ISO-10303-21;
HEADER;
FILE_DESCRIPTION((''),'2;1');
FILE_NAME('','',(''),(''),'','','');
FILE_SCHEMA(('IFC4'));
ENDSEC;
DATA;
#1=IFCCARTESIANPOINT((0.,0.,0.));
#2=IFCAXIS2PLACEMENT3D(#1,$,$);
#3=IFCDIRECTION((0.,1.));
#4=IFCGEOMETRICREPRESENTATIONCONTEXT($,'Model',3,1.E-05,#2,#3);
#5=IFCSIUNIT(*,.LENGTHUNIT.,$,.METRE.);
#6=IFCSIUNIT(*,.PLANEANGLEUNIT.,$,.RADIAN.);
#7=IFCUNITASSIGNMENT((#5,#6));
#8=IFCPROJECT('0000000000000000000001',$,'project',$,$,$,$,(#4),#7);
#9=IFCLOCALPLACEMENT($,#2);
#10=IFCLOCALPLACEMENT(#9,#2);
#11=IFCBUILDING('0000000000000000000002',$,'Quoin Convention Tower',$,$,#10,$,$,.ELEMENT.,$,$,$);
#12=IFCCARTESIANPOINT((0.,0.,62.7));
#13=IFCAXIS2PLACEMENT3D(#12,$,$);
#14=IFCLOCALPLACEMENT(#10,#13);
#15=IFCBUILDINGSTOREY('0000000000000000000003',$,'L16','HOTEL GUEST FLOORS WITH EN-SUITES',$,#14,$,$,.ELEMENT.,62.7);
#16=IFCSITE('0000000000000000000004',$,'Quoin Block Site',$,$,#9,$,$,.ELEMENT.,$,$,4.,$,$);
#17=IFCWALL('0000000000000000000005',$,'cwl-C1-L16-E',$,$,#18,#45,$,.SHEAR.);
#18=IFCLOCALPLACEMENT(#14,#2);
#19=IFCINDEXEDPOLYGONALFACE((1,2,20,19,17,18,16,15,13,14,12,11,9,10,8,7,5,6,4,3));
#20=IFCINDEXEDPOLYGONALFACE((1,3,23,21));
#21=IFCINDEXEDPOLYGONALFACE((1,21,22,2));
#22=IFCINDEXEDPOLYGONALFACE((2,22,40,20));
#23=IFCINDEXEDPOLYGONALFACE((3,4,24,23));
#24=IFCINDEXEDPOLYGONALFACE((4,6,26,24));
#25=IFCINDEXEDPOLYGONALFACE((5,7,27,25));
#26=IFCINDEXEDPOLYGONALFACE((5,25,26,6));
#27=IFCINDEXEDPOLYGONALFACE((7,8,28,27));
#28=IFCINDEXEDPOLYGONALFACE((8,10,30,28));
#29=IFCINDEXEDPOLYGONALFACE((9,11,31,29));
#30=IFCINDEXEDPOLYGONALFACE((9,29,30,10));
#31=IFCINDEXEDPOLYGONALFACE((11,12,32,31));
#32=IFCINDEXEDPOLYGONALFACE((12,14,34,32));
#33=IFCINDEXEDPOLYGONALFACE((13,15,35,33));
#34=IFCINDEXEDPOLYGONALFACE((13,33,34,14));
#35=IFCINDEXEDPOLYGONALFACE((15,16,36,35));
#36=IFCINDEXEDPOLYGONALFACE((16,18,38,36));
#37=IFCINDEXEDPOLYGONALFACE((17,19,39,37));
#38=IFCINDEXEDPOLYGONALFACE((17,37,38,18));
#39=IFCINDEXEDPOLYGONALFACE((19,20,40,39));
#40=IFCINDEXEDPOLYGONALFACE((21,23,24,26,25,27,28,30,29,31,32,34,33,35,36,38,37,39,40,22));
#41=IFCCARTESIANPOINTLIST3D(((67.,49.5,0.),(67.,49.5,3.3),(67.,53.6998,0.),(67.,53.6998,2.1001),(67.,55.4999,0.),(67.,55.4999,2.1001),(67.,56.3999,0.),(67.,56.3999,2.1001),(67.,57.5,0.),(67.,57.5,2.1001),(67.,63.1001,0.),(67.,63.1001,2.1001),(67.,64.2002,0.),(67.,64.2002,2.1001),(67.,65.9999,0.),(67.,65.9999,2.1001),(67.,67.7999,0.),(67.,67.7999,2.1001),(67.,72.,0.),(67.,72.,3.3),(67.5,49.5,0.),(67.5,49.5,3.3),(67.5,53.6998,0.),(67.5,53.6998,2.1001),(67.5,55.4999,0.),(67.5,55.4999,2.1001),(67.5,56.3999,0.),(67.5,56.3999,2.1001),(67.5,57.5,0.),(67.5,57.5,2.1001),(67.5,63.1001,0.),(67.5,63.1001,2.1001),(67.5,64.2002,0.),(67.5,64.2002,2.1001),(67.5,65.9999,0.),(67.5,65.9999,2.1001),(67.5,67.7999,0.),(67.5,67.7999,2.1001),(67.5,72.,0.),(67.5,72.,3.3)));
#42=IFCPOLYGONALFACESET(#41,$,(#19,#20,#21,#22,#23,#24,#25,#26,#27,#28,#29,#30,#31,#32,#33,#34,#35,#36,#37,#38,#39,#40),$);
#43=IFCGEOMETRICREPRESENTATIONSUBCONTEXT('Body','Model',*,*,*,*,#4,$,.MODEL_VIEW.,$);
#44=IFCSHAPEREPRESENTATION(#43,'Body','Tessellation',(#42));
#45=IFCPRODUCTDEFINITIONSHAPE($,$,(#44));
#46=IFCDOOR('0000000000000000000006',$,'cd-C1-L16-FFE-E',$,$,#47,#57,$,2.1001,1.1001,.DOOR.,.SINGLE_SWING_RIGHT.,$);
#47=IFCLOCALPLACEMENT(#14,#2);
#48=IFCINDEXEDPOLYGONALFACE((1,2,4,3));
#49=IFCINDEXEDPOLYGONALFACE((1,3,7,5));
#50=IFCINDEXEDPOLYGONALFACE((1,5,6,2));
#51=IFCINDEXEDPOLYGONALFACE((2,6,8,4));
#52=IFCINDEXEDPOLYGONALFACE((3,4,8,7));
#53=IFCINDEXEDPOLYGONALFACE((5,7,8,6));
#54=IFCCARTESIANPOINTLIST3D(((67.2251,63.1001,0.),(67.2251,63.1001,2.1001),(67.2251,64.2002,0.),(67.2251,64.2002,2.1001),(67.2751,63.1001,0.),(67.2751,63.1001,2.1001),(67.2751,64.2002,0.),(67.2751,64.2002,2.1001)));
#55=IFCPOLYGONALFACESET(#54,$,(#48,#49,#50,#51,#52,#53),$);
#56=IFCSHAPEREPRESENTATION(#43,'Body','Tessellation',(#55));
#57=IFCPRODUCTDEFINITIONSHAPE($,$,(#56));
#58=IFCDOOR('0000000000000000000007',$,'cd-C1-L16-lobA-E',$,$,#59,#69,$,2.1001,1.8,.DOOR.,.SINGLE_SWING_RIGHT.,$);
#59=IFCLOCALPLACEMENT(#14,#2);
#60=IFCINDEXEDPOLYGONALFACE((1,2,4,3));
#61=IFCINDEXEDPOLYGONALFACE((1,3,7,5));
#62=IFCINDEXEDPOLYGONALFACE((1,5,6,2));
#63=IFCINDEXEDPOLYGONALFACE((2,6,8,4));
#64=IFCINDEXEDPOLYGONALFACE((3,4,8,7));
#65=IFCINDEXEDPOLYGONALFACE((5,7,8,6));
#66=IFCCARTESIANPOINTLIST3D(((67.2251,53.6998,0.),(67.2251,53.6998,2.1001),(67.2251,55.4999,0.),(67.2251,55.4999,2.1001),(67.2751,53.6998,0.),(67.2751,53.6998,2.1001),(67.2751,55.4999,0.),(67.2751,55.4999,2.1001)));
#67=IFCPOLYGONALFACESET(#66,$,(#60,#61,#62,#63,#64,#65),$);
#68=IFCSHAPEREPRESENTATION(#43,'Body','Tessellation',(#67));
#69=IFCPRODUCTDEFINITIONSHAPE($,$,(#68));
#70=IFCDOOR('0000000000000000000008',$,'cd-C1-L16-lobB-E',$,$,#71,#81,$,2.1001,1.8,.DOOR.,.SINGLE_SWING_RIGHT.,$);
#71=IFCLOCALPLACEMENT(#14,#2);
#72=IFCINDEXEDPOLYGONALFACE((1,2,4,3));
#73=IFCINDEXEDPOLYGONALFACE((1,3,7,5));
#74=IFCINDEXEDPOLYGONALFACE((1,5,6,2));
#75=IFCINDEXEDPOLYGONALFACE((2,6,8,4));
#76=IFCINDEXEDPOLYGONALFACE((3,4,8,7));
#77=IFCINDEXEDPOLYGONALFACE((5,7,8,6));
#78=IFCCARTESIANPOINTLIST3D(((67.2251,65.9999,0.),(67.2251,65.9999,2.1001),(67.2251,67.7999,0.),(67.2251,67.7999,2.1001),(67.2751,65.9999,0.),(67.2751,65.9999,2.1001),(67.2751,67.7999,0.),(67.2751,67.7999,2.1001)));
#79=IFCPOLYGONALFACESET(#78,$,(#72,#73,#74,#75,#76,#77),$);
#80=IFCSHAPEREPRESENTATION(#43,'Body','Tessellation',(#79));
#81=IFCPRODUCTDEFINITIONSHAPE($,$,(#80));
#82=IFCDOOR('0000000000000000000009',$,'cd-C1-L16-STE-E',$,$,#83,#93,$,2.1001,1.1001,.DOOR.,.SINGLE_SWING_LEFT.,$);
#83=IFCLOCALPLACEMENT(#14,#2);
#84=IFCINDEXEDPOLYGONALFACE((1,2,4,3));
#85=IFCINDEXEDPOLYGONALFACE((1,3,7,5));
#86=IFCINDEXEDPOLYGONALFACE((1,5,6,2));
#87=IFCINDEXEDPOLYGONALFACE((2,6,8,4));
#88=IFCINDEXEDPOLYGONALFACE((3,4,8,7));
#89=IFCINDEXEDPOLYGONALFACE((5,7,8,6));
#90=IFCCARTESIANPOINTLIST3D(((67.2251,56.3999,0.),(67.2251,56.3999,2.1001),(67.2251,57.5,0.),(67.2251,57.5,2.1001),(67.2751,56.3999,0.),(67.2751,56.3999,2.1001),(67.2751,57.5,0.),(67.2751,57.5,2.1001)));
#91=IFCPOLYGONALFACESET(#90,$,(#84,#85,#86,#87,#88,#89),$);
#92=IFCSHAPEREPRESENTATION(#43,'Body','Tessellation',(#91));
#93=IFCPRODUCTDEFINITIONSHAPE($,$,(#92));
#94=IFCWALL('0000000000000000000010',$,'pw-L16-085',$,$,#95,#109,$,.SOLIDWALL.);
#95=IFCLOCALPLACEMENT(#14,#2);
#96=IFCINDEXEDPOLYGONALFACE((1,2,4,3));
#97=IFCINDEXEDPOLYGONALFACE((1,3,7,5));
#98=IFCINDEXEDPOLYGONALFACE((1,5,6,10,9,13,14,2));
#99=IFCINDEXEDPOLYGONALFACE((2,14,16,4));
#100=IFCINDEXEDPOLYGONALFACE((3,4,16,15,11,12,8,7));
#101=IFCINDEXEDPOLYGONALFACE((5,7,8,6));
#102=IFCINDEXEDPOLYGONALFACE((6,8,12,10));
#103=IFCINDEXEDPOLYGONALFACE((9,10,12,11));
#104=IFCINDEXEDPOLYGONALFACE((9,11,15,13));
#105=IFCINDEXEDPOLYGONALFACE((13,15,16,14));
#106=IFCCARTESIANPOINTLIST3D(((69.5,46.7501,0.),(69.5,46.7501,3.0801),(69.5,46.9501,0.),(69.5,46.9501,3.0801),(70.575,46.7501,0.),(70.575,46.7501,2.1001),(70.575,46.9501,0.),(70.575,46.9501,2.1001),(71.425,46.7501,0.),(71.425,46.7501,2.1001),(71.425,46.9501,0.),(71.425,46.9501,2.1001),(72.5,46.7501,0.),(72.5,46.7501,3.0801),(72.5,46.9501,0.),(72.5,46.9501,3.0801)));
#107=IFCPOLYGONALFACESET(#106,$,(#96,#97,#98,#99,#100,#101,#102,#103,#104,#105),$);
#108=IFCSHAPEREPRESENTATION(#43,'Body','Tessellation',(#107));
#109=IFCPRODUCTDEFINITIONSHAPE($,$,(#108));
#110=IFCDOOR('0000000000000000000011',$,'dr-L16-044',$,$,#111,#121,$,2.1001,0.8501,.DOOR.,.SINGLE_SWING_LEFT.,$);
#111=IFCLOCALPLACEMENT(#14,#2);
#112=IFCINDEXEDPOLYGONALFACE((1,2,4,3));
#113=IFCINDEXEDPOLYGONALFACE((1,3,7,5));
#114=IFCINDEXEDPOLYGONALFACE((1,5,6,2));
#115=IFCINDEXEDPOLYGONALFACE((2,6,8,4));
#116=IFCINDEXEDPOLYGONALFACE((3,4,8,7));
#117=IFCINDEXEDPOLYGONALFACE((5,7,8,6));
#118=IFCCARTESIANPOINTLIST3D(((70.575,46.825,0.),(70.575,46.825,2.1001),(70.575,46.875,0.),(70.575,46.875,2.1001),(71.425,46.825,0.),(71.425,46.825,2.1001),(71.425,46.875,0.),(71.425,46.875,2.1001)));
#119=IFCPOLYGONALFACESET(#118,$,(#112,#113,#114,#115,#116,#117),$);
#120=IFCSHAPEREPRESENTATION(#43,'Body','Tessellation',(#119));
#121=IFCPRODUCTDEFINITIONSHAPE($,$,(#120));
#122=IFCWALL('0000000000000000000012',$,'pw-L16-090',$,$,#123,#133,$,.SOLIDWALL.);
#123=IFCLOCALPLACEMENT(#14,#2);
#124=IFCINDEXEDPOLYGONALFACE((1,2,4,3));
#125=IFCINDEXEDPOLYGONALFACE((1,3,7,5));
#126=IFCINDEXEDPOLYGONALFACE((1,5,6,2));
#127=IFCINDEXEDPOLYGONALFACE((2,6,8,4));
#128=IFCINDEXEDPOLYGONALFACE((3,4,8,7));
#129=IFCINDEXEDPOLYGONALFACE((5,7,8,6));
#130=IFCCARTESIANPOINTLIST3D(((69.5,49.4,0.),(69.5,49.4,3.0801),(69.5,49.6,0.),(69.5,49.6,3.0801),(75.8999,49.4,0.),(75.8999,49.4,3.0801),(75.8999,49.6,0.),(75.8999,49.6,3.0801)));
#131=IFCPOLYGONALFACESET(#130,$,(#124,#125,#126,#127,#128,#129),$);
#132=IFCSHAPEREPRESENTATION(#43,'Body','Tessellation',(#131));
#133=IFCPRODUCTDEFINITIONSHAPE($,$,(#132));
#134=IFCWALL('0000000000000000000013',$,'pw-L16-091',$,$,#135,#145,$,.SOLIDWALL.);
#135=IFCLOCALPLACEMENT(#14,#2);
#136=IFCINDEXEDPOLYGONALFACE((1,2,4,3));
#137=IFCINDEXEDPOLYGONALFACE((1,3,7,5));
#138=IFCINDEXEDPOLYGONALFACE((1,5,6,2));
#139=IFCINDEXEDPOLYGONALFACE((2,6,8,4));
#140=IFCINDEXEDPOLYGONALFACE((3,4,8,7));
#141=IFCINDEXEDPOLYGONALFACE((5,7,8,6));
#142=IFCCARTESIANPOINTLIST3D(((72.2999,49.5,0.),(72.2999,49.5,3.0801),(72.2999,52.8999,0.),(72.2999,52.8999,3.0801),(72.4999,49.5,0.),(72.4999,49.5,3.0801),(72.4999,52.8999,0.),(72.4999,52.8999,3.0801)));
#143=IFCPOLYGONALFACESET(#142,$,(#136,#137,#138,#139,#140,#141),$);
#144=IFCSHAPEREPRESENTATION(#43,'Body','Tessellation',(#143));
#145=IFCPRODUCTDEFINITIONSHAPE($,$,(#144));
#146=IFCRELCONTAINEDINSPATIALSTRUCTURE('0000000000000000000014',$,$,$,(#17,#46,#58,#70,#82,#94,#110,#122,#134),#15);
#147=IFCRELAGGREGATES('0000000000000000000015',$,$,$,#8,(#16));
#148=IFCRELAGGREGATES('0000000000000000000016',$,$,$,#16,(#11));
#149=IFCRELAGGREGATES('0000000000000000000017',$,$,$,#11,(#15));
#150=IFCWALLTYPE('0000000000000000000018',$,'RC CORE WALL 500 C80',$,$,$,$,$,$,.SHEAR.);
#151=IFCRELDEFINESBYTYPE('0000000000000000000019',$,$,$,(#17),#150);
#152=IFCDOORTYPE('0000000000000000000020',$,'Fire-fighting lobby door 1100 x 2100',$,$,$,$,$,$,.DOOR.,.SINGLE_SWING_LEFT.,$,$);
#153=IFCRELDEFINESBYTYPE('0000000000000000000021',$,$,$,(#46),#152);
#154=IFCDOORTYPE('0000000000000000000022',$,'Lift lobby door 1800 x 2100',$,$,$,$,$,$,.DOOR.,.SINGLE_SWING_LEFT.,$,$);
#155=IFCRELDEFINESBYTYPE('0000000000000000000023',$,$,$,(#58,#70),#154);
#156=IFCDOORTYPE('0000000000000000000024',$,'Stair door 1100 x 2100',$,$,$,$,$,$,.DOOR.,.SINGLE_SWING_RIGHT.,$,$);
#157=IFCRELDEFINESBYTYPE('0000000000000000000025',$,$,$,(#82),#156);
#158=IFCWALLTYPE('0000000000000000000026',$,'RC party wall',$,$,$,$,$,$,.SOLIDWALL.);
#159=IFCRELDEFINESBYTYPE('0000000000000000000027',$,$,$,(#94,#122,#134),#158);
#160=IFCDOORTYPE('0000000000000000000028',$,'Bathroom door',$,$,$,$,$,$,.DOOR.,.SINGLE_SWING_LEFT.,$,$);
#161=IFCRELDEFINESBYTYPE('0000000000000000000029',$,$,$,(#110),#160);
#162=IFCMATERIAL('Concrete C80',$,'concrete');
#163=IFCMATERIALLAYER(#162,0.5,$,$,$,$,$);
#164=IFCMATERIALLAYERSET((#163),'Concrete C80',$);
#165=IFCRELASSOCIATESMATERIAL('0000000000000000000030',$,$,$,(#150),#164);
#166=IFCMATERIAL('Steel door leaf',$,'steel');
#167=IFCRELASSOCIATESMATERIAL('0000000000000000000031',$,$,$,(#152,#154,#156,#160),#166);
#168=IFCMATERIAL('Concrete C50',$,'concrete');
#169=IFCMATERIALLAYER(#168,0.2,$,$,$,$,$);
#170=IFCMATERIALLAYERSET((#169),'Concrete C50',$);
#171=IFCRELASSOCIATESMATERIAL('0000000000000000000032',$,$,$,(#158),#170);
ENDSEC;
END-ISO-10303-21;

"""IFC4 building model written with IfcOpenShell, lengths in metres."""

from ifc_helpers import new_model, si_unit, direction, frame, frame_2d, origin, place, context, subcontext, project, spatial, rectangle, extrude, material, layer, layer_set, type_object, element, fill, save


model = new_model("IFC4")

# Units and contexts
model_context = context("Model", 3, precision=1e-05, world=origin(), true_north=direction((0.0, 1.0)))
body_context = subcontext(model_context, "Body", "Model", "MODEL_VIEW")
ifc_project = project(units=[si_unit("LENGTHUNIT", "METRE"), si_unit("PLANEANGLEUNIT", "RADIAN")], contexts=[model_context])

# Site, building, storey
site_placement = place(None, origin())
site = spatial("IfcSite", under=ifc_project, at=site_placement, Name="Quoin Block Site", CompositionType="ELEMENT", RefElevation=4.0)
building_placement = place(site_placement, origin())
building = spatial("IfcBuilding", under=site, at=building_placement, Name="Quoin Convention Tower", CompositionType="ELEMENT")
storey_placement = place(building_placement, frame((0.0, 0.0, 62.7)))
storey = spatial("IfcBuildingStorey", under=building, at=storey_placement, Name="L16", Description="HOTEL GUEST FLOORS WITH EN-SUITES", CompositionType="ELEMENT", Elevation=62.7)

# Shared definitions
ifc_material_1 = material(Name="Concrete C80", Category="concrete")

# Shared definitions
ifc_material_2 = material(Name="Steel door leaf", Category="steel")

# Shared definitions
ifc_material_3 = material(Name="Concrete C50", Category="concrete")

# Wall, openings, doors
ifc_layer_1 = layer(ifc_material_1, 0.5)
ifc_layer_set_1 = layer_set([ifc_layer_1], Name="Concrete C80")
wall_type_1 = type_object("IfcWallType", Name="RC CORE WALL 500 C80", PredefinedType="SHEAR", material=ifc_layer_set_1)
wall_1_placement = place(storey_placement, frame((67.25, 49.5, 0.0), z_axis=(0.0, 0.0, 1.0), x_axis=(0.0, 1.0, 0.0)))
wall_1 = element("IfcWall", 1, at=wall_1_placement, inside=storey, type_object=wall_type_1, Name="cwl-C1-L16-E", PredefinedType="SHEAR", context=body_context, shape_type="SweptSolid", body=[
    extrude(rectangle(XDim=22.5, YDim=0.5, at=frame_2d((11.25, 0.0))), origin(), (0.0, 0.0, 1.0), 3.3),
])
opening_1_placement = place(wall_1_placement, frame((4.2, 0.0, 0.0)))
opening_1 = element("IfcOpeningElement", 2, at=opening_1_placement, cuts=wall_1, PredefinedType="OPENING", context=body_context, shape_type="SweptSolid", body=[
    extrude(rectangle(XDim=1.8, YDim=2.1001, at=frame_2d((0.8999, 1.05))), frame((0.0, 0.26, 0.0), z_axis=(0.0, -1.0, 0.0), x_axis=(1.0, 0.0, 0.0)), (0.0, 0.0, 1.0), 0.52),
])
opening_2_placement = place(wall_1_placement, frame((6.8999, 0.0, 0.0)))
opening_2 = element("IfcOpeningElement", 3, at=opening_2_placement, cuts=wall_1, PredefinedType="OPENING", context=body_context, shape_type="SweptSolid", body=[
    extrude(rectangle(XDim=1.1001, YDim=2.1001, at=frame_2d((0.55, 1.05))), frame((0.0, 0.26, 0.0), z_axis=(0.0, -1.0, 0.0), x_axis=(1.0, 0.0, 0.0)), (0.0, 0.0, 1.0), 0.52),
])
opening_3_placement = place(wall_1_placement, frame((13.6001, 0.0, 0.0)))
opening_3 = element("IfcOpeningElement", 4, at=opening_3_placement, cuts=wall_1, PredefinedType="OPENING", context=body_context, shape_type="SweptSolid", body=[
    extrude(rectangle(XDim=1.1001, YDim=2.1001, at=frame_2d((0.55, 1.05))), frame((0.0, 0.26, 0.0), z_axis=(0.0, -1.0, 0.0), x_axis=(1.0, 0.0, 0.0)), (0.0, 0.0, 1.0), 0.52),
])
opening_4_placement = place(wall_1_placement, frame((16.5, 0.0, 0.0)))
opening_4 = element("IfcOpeningElement", 5, at=opening_4_placement, cuts=wall_1, PredefinedType="OPENING", context=body_context, shape_type="SweptSolid", body=[
    extrude(rectangle(XDim=1.8, YDim=2.1001, at=frame_2d((0.8999, 1.05))), frame((0.0, 0.26, 0.0), z_axis=(0.0, -1.0, 0.0), x_axis=(1.0, 0.0, 0.0)), (0.0, 0.0, 1.0), 0.52),
])
door_type_1 = type_object("IfcDoorType", Name="Fire-fighting lobby door 1100 x 2100", OperationType="SINGLE_SWING_LEFT", PredefinedType="DOOR", material=ifc_material_2)
door_1_placement = place(opening_3_placement, origin())
door_1 = element("IfcDoor", 6, at=door_1_placement, inside=storey, type_object=door_type_1, Name="cd-C1-L16-FFE-E", OperationType="SINGLE_SWING_RIGHT", OverallHeight=2.1001, OverallWidth=1.1001, PredefinedType="DOOR", context=body_context, shape_type="SweptSolid", body=[
    extrude(rectangle(XDim=1.1001, YDim=2.1001, at=frame_2d((0.55, 1.05))), frame((0.0, 0.0249, 0.0), z_axis=(0.0, -1.0, 0.0), x_axis=(1.0, 0.0, 0.0)), (0.0, 0.0, 1.0), 0.05),
])
fill(opening_3, door_1)
door_type_2 = type_object("IfcDoorType", Name="Lift lobby door 1800 x 2100", OperationType="SINGLE_SWING_LEFT", PredefinedType="DOOR", material=ifc_material_2)
door_2_placement = place(opening_1_placement, origin())
door_2 = element("IfcDoor", 7, at=door_2_placement, inside=storey, type_object=door_type_2, Name="cd-C1-L16-lobA-E", OperationType="SINGLE_SWING_RIGHT", OverallHeight=2.1001, OverallWidth=1.8, PredefinedType="DOOR", context=body_context, shape_type="SweptSolid", body=[
    extrude(rectangle(XDim=1.8, YDim=2.1001, at=frame_2d((0.8999, 1.05))), frame((0.0, 0.0249, 0.0), z_axis=(0.0, -1.0, 0.0), x_axis=(1.0, 0.0, 0.0)), (0.0, 0.0, 1.0), 0.05),
])
fill(opening_1, door_2)
door_3_placement = place(opening_4_placement, origin())
door_3 = element("IfcDoor", 8, at=door_3_placement, inside=storey, type_object=door_type_2, Name="cd-C1-L16-lobB-E", OperationType="SINGLE_SWING_RIGHT", OverallHeight=2.1001, OverallWidth=1.8, PredefinedType="DOOR", context=body_context, shape_type="SweptSolid", body=[
    extrude(rectangle(XDim=1.8, YDim=2.1001, at=frame_2d((0.8999, 1.05))), frame((0.0, 0.0249, 0.0), z_axis=(0.0, -1.0, 0.0), x_axis=(1.0, 0.0, 0.0)), (0.0, 0.0, 1.0), 0.05),
])
fill(opening_4, door_3)
door_type_3 = type_object("IfcDoorType", Name="Stair door 1100 x 2100", OperationType="SINGLE_SWING_RIGHT", PredefinedType="DOOR", material=ifc_material_2)
door_4_placement = place(opening_2_placement, origin())
door_4 = element("IfcDoor", 9, at=door_4_placement, inside=storey, type_object=door_type_3, Name="cd-C1-L16-STE-E", OperationType="SINGLE_SWING_LEFT", OverallHeight=2.1001, OverallWidth=1.1001, PredefinedType="DOOR", context=body_context, shape_type="SweptSolid", body=[
    extrude(rectangle(XDim=1.1001, YDim=2.1001, at=frame_2d((0.55, 1.05))), frame((0.0, 0.0249, 0.0), z_axis=(0.0, -1.0, 0.0), x_axis=(1.0, 0.0, 0.0)), (0.0, 0.0, 1.0), 0.05),
])
fill(opening_2, door_4)

# Wall, opening, door
ifc_layer_2 = layer(ifc_material_3, 0.2)
ifc_layer_set_2 = layer_set([ifc_layer_2], Name="Concrete C50")
wall_type_2 = type_object("IfcWallType", Name="RC party wall", PredefinedType="SOLIDWALL", material=ifc_layer_set_2)
wall_2_placement = place(storey_placement, frame((69.5, 46.8501, 0.0), z_axis=(0.0, 0.0, 1.0), x_axis=(1.0, 0.0, 0.0)))
wall_2 = element("IfcWall", 10, at=wall_2_placement, inside=storey, type_object=wall_type_2, Name="pw-L16-085", PredefinedType="SOLIDWALL", context=body_context, shape_type="SweptSolid", body=[
    extrude(rectangle(XDim=3.0, YDim=0.2, at=frame_2d((1.5, 0.0))), origin(), (0.0, 0.0, 1.0), 3.0801),
])
opening_5_placement = place(wall_2_placement, frame((1.075, 0.0, 0.0)))
opening_5 = element("IfcOpeningElement", 11, at=opening_5_placement, cuts=wall_2, PredefinedType="OPENING", context=body_context, shape_type="SweptSolid", body=[
    extrude(rectangle(XDim=0.8501, YDim=2.1001, at=frame_2d((0.425, 1.05))), frame((0.0, 0.1099, 0.0), z_axis=(0.0, -1.0, 0.0), x_axis=(1.0, 0.0, 0.0)), (0.0, 0.0, 1.0), 0.22),
])
door_type_4 = type_object("IfcDoorType", Name="Bathroom door", OperationType="SINGLE_SWING_LEFT", PredefinedType="DOOR", material=ifc_material_2)
door_5_placement = place(opening_5_placement, origin())
door_5 = element("IfcDoor", 12, at=door_5_placement, inside=storey, type_object=door_type_4, Name="dr-L16-044", OperationType="SINGLE_SWING_LEFT", OverallHeight=2.1001, OverallWidth=0.8501, PredefinedType="DOOR", context=body_context, shape_type="SweptSolid", body=[
    extrude(rectangle(XDim=0.8501, YDim=2.1001, at=frame_2d((0.425, 1.05))), frame((0.0, 0.0249, 0.0), z_axis=(0.0, -1.0, 0.0), x_axis=(1.0, 0.0, 0.0)), (0.0, 0.0, 1.0), 0.05),
])
fill(opening_5, door_5)

# Walls
wall_3_placement = place(storey_placement, frame((69.5, 49.5, 0.0), z_axis=(0.0, 0.0, 1.0), x_axis=(1.0, 0.0, 0.0)))
element("IfcWall", 13, at=wall_3_placement, inside=storey, type_object=wall_type_2, Name="pw-L16-090", PredefinedType="SOLIDWALL", context=body_context, shape_type="SweptSolid", body=[
    extrude(rectangle(XDim=6.3999, YDim=0.2, at=frame_2d((3.2, 0.0))), origin(), (0.0, 0.0, 1.0), 3.0801),
])
wall_4_placement = place(storey_placement, frame((72.3999, 49.5, 0.0), z_axis=(0.0, 0.0, 1.0), x_axis=(0.0, 1.0, 0.0)))
element("IfcWall", 14, at=wall_4_placement, inside=storey, type_object=wall_type_2, Name="pw-L16-091", PredefinedType="SOLIDWALL", context=body_context, shape_type="SweptSolid", body=[
    extrude(rectangle(XDim=3.3999, YDim=0.2, at=frame_2d((1.7, 0.0))), origin(), (0.0, 0.0, 1.0), 3.0801),
])

save(model, "model.ifc")
